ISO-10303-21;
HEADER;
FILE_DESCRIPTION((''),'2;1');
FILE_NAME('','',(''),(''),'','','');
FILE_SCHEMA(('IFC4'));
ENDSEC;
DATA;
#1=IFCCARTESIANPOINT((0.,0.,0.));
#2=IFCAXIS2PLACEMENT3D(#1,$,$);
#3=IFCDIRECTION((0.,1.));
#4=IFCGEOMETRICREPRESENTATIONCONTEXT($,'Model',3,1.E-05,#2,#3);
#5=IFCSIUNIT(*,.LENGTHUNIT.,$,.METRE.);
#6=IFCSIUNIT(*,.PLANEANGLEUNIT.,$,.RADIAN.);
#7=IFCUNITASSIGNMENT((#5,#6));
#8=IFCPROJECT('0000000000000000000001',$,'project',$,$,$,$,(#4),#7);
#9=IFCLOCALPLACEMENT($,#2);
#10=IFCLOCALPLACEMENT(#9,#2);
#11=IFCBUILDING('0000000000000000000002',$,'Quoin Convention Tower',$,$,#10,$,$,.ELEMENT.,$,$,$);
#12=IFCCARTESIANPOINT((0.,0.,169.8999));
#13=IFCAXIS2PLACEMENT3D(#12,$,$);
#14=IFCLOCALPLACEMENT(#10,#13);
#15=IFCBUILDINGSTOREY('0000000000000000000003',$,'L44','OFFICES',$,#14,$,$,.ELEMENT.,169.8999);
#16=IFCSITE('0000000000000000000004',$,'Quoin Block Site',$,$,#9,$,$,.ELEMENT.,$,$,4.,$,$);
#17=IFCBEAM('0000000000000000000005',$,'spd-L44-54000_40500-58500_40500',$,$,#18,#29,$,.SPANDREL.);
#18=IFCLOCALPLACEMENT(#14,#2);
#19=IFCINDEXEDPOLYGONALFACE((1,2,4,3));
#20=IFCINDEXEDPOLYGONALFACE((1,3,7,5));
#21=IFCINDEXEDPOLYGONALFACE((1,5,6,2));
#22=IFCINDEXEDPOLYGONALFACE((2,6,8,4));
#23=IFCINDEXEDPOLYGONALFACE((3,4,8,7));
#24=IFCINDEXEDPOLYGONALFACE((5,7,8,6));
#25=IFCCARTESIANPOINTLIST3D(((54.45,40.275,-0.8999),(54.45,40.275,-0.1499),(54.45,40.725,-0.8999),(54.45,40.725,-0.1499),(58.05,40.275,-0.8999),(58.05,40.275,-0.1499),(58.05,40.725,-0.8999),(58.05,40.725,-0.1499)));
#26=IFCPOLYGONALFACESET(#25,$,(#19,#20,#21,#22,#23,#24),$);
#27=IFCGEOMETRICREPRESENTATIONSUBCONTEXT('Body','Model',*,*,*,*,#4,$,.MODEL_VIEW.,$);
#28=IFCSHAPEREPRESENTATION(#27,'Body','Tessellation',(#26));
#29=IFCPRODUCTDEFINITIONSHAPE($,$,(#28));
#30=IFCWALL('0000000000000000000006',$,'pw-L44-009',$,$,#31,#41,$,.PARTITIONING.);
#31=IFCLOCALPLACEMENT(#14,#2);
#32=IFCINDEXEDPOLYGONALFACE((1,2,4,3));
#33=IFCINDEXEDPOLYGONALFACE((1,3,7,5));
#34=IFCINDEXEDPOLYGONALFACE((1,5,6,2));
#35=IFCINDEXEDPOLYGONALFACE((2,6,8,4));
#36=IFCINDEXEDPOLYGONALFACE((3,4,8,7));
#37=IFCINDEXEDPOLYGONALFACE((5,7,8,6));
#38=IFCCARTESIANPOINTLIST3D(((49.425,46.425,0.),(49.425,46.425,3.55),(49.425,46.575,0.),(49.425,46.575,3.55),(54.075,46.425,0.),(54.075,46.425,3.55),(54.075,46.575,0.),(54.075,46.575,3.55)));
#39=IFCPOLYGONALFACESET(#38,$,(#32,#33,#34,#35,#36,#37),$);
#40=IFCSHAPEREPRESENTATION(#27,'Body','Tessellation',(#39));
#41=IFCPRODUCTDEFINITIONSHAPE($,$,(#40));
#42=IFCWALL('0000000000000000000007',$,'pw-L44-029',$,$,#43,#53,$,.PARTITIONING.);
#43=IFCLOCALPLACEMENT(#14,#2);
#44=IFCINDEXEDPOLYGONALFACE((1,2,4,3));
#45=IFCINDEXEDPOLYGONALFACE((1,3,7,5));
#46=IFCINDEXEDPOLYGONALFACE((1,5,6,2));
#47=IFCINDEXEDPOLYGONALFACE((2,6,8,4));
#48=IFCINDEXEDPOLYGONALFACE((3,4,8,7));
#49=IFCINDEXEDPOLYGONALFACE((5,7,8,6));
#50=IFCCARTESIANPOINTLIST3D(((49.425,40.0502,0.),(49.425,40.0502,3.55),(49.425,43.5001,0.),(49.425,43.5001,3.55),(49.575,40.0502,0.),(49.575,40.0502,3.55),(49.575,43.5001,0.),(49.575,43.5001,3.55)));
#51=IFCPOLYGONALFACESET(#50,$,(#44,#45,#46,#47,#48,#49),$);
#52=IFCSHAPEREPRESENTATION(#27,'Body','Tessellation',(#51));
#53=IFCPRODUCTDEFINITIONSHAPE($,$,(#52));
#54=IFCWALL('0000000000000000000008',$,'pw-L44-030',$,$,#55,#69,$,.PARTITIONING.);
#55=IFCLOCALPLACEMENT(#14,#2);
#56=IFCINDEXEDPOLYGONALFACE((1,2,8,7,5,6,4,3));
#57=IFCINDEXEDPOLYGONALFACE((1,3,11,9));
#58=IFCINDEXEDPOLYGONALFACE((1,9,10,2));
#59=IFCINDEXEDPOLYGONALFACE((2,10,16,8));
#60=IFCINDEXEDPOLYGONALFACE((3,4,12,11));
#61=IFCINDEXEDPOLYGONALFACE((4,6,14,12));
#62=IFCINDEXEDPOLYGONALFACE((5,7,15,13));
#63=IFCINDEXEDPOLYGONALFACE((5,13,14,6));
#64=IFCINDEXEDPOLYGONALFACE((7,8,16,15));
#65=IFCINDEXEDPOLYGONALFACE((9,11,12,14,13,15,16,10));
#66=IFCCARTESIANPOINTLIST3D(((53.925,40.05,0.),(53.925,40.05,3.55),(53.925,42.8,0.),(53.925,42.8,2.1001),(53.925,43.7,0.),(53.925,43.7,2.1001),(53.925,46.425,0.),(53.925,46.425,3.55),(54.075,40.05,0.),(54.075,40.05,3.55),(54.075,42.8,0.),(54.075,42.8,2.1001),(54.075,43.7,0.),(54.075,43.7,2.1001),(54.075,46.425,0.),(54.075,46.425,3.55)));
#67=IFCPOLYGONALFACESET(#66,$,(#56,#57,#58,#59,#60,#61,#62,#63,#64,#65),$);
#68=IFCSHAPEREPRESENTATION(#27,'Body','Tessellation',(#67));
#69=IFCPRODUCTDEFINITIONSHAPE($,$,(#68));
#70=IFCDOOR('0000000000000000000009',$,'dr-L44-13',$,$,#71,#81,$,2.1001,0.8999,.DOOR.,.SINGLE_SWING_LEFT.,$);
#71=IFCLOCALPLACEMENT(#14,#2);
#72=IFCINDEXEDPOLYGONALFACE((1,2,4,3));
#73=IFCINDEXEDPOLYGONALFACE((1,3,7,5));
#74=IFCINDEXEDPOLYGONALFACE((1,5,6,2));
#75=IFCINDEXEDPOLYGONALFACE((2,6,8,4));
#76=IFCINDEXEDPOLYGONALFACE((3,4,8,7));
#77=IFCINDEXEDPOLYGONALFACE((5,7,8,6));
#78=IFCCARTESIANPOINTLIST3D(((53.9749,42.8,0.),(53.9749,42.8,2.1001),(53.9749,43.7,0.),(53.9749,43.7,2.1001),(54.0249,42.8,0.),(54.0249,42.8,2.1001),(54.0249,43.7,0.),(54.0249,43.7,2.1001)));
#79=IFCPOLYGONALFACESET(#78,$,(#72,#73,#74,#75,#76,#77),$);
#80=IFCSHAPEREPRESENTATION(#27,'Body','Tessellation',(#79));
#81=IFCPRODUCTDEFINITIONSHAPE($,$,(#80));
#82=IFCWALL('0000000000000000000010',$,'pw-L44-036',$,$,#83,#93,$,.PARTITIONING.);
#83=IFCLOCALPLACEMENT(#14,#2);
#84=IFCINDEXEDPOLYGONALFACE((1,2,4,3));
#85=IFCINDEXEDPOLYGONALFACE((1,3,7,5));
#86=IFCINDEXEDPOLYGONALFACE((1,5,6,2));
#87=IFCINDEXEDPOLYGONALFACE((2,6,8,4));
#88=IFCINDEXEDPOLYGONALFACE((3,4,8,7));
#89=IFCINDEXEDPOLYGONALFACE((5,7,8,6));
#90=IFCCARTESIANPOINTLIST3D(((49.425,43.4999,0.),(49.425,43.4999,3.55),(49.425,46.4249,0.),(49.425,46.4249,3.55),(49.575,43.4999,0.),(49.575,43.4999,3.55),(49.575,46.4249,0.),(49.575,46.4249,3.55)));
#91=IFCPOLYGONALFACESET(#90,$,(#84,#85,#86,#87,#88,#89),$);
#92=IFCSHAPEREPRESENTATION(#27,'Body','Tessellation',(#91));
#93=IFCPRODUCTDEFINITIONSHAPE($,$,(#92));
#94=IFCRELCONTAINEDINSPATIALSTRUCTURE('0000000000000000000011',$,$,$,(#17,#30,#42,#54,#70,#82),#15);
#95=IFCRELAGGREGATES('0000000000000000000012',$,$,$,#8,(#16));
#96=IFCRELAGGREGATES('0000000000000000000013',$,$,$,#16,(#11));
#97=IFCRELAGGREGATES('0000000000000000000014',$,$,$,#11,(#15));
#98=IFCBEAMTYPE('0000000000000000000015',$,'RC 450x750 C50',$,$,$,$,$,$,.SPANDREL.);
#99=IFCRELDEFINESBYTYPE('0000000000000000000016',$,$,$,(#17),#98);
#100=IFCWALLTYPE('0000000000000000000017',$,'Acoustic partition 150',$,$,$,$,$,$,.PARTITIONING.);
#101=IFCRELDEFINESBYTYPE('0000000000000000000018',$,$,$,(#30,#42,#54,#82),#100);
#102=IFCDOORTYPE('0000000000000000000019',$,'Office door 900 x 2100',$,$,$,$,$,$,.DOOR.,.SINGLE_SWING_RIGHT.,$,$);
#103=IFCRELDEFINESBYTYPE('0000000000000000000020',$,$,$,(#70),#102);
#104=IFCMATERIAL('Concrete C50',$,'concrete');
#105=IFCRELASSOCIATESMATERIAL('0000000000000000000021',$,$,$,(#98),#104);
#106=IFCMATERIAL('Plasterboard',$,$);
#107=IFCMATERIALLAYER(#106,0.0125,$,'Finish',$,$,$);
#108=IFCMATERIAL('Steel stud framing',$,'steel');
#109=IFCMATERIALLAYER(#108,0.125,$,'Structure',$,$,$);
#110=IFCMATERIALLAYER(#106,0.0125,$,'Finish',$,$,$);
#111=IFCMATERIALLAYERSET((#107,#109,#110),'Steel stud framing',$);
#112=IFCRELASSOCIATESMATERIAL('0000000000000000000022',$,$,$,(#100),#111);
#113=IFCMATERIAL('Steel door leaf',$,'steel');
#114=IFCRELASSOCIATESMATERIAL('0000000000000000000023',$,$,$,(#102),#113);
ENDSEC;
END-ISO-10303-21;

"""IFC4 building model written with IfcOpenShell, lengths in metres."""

from ifc_helpers import new_model, si_unit, direction, frame, frame_2d, origin, origin_2d, place, context, subcontext, project, spatial, rectangle, extrude, material, layer, layer_set, material_profile, profile_set, type_object, element, fill, save


model = new_model("IFC4")

# Units and contexts
model_context = context("Model", 3, precision=1e-05, world=origin(), true_north=direction((0.0, 1.0)))
body_context = subcontext(model_context, "Body", "Model", "MODEL_VIEW")
ifc_project = project(units=[si_unit("LENGTHUNIT", "METRE"), si_unit("PLANEANGLEUNIT", "RADIAN")], contexts=[model_context])

# Site, building, storey
site_placement = place(None, origin())
site = spatial("IfcSite", under=ifc_project, at=site_placement, Name="Quoin Block Site", CompositionType="ELEMENT", RefElevation=4.0)
building_placement = place(site_placement, origin())
building = spatial("IfcBuilding", under=site, at=building_placement, Name="Quoin Convention Tower", CompositionType="ELEMENT")
storey_placement = place(building_placement, frame((0.0, 0.0, 169.8999)))
storey = spatial("IfcBuildingStorey", under=building, at=storey_placement, Name="L44", Description="OFFICES", CompositionType="ELEMENT", Elevation=169.8999)

# Shared definitions
ifc_material_1 = material(Name="Concrete C50", Category="concrete")

# Beam
ifc_material_profile_1 = material_profile(ifc_material_1, rectangle(XDim=0.45, YDim=0.75, at=origin_2d()), Name="RC 450x750")
ifc_profile_set_1 = profile_set([ifc_material_profile_1], Name="Concrete C50")
beam_type_1 = type_object("IfcBeamType", Name="RC 450x750 C50", PredefinedType="SPANDREL", material=ifc_profile_set_1)
for number, where, z_axis, x_axis, name in (
    (1, (54.45, 40.5, -0.5249), (1.0, 0.0, 0.0), (0.0, 1.0, 0.0), "spd-L44-54000_40500-58500_40500"),
):
    element("IfcBeam", number, at=place(storey_placement, frame(where, z_axis=z_axis, x_axis=x_axis)), inside=storey, type_object=beam_type_1, Name=name, PredefinedType="SPANDREL", context=body_context, shape_type="SweptSolid", body=[
        extrude(rectangle(XDim=0.45, YDim=0.75, at=origin_2d()), origin(), (0.0, 0.0, 1.0), 3.6001),
    ])

# Walls
ifc_material_2 = material(Name="Plasterboard")
ifc_layer_1 = layer(ifc_material_2, 0.0125, Name="Finish")
ifc_material_3 = material(Name="Steel stud framing", Category="steel")
ifc_layer_2 = layer(ifc_material_3, 0.125, Name="Structure")
ifc_layer_3 = layer(ifc_material_2, 0.0125, Name="Finish")
ifc_layer_set_1 = layer_set([ifc_layer_1, ifc_layer_2, ifc_layer_3], Name="Steel stud framing")
wall_type_1 = type_object("IfcWallType", Name="Acoustic partition 150", PredefinedType="PARTITIONING", material=ifc_layer_set_1)
wall_1_placement = place(storey_placement, frame((49.425, 46.5, 0.0), z_axis=(0.0, 0.0, 1.0), x_axis=(1.0, 0.0, 0.0)))
element("IfcWall", 2, at=wall_1_placement, inside=storey, type_object=wall_type_1, Name="pw-L44-009", PredefinedType="PARTITIONING", context=body_context, shape_type="SweptSolid", body=[
    extrude(rectangle(XDim=4.6499, YDim=0.1499, at=frame_2d((2.325, 0.0))), origin(), (0.0, 0.0, 1.0), 3.55),
])
wall_2_placement = place(storey_placement, frame((49.5, 40.05, 0.0), z_axis=(0.0, 0.0, 1.0), x_axis=(0.0, 1.0, 0.0)))
element("IfcWall", 3, at=wall_2_placement, inside=storey, type_object=wall_type_1, Name="pw-L44-029", PredefinedType="PARTITIONING", context=body_context, shape_type="SweptSolid", body=[
    extrude(rectangle(XDim=3.45, YDim=0.1499, at=frame_2d((1.7251, 0.0))), origin(), (0.0, 0.0, 1.0), 3.55),
])

# Wall, opening, door
wall_3_placement = place(storey_placement, frame((54.0, 40.05, 0.0), z_axis=(0.0, 0.0, 1.0), x_axis=(0.0, 1.0, 0.0)))
wall_3 = element("IfcWall", 4, at=wall_3_placement, inside=storey, type_object=wall_type_1, Name="pw-L44-030", PredefinedType="PARTITIONING", context=body_context, shape_type="SweptSolid", body=[
    extrude(rectangle(XDim=6.375, YDim=0.1499, at=frame_2d((3.1875, 0.0))), origin(), (0.0, 0.0, 1.0), 3.55),
])
opening_1_placement = place(wall_3_placement, frame((2.75, 0.0, 0.0)))
opening_1 = element("IfcOpeningElement", 5, at=opening_1_placement, cuts=wall_3, PredefinedType="OPENING", context=body_context, shape_type="SweptSolid", body=[
    extrude(rectangle(XDim=0.8999, YDim=2.1001, at=frame_2d((0.45, 1.05))), frame((0.0, 0.085, 0.0), z_axis=(0.0, -1.0, 0.0), x_axis=(1.0, 0.0, 0.0)), (0.0, 0.0, 1.0), 0.1699),
])
ifc_material_4 = material(Name="Steel door leaf", Category="steel")
door_type_1 = type_object("IfcDoorType", Name="Office door 900 x 2100", OperationType="SINGLE_SWING_RIGHT", PredefinedType="DOOR", material=ifc_material_4)
door_1_placement = place(opening_1_placement, frame((0.8999, 0.0, 0.0), z_axis=(0.0, 0.0, 1.0), x_axis=(-1.0, 0.0, 0.0)))
door_1 = element("IfcDoor", 6, at=door_1_placement, inside=storey, type_object=door_type_1, Name="dr-L44-13", OperationType="SINGLE_SWING_LEFT", OverallHeight=2.1001, OverallWidth=0.8999, PredefinedType="DOOR", context=body_context, shape_type="SweptSolid", body=[
    extrude(rectangle(XDim=0.8999, YDim=2.1001, at=frame_2d((0.45, 1.05))), frame((0.0, 0.0249, 0.0), z_axis=(0.0, -1.0, 0.0), x_axis=(1.0, 0.0, 0.0)), (0.0, 0.0, 1.0), 0.05),
])
fill(opening_1, door_1)

# Wall
wall_4_placement = place(storey_placement, frame((49.5, 43.5, 0.0), z_axis=(0.0, 0.0, 1.0), x_axis=(0.0, 1.0, 0.0)))
element("IfcWall", 7, at=wall_4_placement, inside=storey, type_object=wall_type_1, Name="pw-L44-036", PredefinedType="PARTITIONING", context=body_context, shape_type="SweptSolid", body=[
    extrude(rectangle(XDim=2.925, YDim=0.1499, at=frame_2d((1.4624, 0.0))), origin(), (0.0, 0.0, 1.0), 3.55),
])

save(model, "model.ifc")
